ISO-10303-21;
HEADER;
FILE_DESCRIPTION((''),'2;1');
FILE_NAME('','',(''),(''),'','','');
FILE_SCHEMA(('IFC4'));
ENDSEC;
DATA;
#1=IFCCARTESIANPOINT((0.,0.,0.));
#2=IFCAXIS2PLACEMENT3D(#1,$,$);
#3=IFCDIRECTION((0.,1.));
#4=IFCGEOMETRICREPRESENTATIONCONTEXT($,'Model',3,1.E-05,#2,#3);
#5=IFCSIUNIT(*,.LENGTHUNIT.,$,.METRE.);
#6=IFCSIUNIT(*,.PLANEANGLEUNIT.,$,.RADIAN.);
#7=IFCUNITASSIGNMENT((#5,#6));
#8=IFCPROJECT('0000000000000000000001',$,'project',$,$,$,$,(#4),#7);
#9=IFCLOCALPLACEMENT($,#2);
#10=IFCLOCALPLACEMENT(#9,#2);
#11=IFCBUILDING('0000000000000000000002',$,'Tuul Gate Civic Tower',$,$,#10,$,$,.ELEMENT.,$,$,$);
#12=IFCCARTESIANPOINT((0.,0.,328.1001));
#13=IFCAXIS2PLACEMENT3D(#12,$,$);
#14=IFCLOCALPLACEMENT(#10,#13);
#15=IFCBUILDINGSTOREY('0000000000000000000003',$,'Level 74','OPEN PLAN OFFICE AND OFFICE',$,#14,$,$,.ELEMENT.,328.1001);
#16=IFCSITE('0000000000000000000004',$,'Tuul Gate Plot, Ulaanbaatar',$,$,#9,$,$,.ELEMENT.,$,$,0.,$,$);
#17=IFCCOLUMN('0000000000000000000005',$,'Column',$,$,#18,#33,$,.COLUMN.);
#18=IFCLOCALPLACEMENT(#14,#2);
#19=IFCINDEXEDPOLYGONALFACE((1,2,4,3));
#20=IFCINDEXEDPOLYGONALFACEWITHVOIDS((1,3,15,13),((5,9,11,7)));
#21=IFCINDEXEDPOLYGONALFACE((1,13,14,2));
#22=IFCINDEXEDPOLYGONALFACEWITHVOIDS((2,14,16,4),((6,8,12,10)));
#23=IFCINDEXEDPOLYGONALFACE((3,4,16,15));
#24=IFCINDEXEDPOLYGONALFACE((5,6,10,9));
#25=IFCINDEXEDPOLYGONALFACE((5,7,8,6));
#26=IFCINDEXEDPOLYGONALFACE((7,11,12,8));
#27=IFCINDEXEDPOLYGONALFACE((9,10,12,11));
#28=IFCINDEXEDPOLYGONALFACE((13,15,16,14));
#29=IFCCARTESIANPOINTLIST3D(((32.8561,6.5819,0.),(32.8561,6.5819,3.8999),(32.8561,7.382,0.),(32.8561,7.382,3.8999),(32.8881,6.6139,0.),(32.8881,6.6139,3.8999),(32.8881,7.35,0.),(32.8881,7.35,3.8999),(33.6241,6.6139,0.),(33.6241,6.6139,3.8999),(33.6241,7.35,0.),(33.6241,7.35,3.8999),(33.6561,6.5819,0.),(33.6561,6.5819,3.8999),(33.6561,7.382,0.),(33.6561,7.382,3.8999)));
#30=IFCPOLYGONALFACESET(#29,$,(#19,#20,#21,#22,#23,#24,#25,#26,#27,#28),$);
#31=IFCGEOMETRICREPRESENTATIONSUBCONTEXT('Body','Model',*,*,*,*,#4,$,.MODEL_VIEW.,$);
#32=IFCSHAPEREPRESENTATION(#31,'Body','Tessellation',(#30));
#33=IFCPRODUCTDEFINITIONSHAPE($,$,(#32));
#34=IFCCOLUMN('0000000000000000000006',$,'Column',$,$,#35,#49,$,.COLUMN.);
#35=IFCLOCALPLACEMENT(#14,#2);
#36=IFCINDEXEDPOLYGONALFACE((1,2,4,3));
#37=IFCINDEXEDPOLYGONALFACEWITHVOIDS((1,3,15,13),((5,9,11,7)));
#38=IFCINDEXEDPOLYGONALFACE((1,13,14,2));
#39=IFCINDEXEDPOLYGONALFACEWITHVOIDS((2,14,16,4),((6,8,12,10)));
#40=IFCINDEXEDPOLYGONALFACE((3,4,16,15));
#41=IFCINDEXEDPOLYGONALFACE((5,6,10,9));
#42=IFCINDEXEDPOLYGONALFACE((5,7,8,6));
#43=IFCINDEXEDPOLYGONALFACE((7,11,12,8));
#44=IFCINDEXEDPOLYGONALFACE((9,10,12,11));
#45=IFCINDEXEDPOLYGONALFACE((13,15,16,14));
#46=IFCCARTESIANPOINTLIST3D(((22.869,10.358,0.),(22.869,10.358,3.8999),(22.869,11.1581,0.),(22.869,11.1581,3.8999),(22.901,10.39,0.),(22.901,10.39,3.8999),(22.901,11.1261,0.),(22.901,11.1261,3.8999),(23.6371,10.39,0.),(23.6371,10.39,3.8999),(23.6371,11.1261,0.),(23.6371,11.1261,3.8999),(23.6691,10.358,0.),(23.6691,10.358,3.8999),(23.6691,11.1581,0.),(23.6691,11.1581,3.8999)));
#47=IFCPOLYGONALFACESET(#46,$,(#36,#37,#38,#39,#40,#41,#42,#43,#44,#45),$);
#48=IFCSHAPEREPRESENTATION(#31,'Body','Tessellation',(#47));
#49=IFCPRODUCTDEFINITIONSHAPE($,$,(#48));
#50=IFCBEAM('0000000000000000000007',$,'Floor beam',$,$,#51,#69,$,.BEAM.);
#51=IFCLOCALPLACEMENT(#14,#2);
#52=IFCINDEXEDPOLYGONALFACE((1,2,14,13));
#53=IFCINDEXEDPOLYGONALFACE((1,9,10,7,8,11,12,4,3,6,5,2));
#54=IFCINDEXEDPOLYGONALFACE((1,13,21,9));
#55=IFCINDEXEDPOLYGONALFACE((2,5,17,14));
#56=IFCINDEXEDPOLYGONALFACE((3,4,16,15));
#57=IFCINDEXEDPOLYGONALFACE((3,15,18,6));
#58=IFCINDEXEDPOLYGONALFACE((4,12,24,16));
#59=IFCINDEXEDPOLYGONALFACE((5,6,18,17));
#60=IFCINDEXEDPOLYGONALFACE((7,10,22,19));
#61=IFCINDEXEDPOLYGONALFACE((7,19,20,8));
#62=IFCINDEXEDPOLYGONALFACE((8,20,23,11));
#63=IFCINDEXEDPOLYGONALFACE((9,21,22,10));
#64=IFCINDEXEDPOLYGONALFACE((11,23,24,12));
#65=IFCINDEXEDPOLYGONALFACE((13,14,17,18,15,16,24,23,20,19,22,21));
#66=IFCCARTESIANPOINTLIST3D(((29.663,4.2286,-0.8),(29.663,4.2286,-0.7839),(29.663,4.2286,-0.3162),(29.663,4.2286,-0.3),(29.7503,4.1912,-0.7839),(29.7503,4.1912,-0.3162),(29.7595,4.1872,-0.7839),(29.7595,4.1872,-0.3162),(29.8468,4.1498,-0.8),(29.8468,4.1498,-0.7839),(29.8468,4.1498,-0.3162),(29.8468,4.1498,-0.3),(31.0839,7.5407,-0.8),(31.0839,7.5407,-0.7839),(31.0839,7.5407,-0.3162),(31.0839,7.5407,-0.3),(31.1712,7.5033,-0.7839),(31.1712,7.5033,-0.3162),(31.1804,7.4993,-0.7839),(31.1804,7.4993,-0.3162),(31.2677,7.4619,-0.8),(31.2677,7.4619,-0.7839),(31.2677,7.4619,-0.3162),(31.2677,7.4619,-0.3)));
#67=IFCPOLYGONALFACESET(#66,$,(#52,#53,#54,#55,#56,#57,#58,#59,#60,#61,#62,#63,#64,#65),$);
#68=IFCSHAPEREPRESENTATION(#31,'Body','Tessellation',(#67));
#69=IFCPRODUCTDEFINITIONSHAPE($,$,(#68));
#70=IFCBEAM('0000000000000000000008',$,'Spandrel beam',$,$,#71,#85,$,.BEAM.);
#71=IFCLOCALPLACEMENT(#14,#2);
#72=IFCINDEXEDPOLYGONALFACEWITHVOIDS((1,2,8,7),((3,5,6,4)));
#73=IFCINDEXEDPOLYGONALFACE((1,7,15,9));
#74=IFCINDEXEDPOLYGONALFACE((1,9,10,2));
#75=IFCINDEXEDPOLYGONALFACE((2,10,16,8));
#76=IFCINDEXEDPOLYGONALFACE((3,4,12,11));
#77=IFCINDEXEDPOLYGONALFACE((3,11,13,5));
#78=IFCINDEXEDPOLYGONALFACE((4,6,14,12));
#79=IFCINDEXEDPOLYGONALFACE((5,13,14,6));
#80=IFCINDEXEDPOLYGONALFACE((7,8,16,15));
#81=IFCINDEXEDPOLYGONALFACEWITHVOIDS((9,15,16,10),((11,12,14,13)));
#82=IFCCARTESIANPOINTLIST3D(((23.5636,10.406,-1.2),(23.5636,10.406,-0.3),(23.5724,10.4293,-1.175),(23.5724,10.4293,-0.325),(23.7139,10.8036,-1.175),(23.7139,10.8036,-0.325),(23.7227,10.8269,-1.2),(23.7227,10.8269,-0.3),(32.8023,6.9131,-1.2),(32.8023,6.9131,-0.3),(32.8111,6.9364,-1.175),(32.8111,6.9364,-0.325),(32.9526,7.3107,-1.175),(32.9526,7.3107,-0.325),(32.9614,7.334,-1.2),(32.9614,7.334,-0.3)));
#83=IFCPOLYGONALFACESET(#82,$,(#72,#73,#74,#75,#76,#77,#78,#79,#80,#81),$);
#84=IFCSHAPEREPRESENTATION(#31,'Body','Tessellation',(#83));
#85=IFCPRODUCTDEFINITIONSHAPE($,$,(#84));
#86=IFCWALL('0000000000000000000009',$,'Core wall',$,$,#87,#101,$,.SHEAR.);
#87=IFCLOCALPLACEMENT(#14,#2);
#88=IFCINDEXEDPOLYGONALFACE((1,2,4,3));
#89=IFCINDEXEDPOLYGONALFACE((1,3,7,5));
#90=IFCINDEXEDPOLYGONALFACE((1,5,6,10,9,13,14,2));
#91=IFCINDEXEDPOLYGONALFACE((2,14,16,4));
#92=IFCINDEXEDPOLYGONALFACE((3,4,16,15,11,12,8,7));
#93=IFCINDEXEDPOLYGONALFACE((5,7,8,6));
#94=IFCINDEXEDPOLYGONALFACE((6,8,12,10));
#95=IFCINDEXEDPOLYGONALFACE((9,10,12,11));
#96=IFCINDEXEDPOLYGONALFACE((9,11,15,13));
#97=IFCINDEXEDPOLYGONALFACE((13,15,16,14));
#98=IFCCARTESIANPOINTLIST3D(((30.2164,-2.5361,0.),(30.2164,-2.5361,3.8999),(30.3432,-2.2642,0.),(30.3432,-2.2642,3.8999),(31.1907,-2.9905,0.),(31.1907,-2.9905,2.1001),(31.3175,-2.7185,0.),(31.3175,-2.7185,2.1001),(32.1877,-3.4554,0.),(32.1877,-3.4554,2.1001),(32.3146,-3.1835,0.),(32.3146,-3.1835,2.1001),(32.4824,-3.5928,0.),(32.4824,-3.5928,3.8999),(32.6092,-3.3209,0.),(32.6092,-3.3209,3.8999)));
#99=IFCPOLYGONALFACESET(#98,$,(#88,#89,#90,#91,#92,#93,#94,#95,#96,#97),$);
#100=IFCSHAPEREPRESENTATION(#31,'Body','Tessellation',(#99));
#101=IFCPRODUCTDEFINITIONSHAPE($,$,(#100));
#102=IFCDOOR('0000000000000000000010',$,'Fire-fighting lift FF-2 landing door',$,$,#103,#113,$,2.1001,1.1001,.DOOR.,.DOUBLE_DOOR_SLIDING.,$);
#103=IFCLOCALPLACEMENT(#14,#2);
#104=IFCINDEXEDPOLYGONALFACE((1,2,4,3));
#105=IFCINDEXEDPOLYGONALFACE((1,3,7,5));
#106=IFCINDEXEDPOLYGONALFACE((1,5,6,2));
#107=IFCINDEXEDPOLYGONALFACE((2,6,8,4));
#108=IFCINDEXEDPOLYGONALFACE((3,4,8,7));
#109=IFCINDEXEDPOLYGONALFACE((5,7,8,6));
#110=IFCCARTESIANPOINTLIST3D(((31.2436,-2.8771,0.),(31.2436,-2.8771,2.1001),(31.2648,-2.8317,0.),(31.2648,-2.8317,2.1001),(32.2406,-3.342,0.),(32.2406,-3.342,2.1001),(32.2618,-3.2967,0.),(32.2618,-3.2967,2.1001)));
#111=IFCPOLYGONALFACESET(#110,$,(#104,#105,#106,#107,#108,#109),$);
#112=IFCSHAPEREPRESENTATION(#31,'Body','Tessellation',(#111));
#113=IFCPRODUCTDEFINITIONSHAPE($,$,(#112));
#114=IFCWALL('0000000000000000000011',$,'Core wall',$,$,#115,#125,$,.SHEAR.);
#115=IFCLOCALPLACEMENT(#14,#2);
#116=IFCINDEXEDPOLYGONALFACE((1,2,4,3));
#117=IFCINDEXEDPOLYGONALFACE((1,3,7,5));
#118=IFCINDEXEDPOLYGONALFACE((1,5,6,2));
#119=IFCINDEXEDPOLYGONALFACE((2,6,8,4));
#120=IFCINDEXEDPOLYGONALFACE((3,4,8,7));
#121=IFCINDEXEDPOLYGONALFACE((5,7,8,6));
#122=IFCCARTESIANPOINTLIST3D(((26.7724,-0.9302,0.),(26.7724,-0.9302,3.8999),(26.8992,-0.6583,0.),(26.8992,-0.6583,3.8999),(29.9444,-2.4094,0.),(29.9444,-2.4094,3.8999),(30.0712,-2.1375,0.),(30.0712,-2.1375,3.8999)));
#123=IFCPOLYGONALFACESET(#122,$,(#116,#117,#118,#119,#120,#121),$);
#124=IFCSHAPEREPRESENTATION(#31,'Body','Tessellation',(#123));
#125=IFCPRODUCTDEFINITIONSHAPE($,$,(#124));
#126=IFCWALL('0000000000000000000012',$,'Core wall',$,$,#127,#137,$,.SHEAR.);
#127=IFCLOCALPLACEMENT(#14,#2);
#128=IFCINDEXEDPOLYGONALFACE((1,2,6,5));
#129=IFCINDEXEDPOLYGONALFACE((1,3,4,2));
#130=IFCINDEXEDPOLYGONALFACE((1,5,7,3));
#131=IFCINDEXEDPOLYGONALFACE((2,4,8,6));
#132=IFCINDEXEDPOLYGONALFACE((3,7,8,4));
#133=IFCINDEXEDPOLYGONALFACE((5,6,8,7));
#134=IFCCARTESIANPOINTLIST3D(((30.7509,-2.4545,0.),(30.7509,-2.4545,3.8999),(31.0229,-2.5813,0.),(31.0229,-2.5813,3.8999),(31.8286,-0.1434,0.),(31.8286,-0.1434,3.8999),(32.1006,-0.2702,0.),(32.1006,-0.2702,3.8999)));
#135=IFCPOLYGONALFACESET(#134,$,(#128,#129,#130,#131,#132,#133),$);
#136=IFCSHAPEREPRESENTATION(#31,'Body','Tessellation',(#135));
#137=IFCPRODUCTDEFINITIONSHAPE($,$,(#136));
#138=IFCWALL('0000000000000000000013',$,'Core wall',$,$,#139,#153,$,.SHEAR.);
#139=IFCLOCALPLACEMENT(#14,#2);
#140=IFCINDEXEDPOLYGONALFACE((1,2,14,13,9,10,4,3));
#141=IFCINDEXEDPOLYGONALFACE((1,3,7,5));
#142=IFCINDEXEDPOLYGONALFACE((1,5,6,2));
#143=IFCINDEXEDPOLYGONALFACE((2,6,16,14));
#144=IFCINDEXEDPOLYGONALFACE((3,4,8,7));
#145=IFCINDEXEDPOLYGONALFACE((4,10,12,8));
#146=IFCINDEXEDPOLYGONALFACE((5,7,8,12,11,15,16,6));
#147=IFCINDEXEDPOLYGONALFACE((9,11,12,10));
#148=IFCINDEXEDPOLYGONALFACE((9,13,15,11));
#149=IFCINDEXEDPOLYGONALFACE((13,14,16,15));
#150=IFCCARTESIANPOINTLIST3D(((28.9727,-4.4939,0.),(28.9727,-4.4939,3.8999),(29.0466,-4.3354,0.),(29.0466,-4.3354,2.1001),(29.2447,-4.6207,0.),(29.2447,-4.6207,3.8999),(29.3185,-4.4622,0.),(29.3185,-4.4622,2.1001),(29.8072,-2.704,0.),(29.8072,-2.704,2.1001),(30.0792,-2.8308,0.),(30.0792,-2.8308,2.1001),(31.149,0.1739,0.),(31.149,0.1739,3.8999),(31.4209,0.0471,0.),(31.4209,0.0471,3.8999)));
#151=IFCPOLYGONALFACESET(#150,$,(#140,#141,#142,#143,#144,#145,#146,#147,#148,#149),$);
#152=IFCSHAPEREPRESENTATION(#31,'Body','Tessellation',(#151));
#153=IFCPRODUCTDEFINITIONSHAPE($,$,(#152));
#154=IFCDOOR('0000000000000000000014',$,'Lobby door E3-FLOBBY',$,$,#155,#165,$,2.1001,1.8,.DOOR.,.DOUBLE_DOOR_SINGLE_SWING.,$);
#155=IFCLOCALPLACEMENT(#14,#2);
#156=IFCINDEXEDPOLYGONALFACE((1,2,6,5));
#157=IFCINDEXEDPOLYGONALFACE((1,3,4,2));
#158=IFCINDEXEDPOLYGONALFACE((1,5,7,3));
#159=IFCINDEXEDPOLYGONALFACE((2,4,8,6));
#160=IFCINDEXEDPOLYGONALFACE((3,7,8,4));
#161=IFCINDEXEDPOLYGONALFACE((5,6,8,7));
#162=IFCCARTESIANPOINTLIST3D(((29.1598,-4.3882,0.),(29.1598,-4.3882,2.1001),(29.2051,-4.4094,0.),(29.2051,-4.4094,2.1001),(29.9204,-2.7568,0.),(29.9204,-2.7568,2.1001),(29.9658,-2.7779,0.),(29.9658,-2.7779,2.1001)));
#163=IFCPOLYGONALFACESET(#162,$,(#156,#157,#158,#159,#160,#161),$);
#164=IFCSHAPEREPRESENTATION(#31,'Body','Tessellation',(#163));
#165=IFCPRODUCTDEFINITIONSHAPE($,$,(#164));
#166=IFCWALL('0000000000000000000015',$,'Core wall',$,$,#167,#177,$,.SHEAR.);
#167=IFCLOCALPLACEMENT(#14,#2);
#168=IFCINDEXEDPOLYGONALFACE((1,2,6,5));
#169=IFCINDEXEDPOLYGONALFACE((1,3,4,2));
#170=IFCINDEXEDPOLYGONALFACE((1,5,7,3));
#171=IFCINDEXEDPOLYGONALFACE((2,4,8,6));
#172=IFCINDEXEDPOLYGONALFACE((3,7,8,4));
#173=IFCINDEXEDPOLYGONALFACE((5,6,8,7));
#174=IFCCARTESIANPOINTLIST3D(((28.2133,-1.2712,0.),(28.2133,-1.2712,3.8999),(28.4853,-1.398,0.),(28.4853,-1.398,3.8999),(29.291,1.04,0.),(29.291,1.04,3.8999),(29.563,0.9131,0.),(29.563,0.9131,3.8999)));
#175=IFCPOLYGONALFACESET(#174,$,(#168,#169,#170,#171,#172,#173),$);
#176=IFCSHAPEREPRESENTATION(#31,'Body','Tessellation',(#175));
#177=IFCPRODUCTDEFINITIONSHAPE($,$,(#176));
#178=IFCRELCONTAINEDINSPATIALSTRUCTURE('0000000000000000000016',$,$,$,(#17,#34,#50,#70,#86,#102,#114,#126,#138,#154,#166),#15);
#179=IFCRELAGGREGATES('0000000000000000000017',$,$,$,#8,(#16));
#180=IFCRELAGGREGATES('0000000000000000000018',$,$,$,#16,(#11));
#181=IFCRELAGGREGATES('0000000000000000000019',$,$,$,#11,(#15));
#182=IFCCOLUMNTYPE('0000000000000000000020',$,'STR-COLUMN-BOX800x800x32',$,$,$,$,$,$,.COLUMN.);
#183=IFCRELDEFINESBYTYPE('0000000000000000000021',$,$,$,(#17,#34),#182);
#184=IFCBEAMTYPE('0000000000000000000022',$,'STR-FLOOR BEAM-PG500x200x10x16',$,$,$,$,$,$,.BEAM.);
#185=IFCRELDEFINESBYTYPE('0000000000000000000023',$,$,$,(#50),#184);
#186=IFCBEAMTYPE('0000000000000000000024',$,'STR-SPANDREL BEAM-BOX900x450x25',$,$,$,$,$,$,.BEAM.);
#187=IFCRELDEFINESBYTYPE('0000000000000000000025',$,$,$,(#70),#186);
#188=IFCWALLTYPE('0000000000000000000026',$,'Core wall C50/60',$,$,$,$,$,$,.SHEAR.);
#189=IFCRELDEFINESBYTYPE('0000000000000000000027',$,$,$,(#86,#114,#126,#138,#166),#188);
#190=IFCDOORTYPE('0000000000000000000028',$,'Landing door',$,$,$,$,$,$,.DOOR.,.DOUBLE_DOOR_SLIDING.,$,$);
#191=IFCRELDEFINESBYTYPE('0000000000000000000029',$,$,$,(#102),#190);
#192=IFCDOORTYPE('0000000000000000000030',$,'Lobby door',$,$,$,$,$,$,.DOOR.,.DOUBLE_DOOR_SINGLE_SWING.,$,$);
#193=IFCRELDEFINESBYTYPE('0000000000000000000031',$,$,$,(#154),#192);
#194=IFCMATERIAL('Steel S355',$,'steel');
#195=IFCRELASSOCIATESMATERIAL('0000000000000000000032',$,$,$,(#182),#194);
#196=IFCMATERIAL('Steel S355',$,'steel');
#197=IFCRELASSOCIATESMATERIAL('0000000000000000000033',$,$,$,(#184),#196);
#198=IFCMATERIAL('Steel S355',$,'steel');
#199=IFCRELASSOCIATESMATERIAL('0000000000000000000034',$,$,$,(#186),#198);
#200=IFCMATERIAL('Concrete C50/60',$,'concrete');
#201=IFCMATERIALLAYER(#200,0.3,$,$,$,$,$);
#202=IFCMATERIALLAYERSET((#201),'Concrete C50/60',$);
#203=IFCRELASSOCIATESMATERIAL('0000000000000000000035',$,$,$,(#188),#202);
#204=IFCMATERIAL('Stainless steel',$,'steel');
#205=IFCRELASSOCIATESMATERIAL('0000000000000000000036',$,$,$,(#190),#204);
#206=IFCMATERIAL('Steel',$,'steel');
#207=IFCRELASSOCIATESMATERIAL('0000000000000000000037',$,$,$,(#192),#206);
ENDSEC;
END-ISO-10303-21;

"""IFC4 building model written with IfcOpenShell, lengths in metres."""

from ifc_helpers import new_model, si_unit, direction, frame, frame_2d, origin, origin_2d, place, context, subcontext, project, spatial, rectangle, hollow_rectangle, i_section, extrude, material, layer, layer_set, material_profile, profile_set, type_object, element, fill, save


model = new_model("IFC4")

# Units and contexts
model_context = context("Model", 3, precision=1e-05, world=origin(), true_north=direction((0.0, 1.0)))
body_context = subcontext(model_context, "Body", "Model", "MODEL_VIEW")
ifc_project = project(units=[si_unit("LENGTHUNIT", "METRE"), si_unit("PLANEANGLEUNIT", "RADIAN")], contexts=[model_context])

# Site, building, storey
site_placement = place(None, origin())
site = spatial("IfcSite", under=ifc_project, at=site_placement, Name="Tuul Gate Plot, Ulaanbaatar", CompositionType="ELEMENT", RefElevation=0.0)
building_placement = place(site_placement, origin())
building = spatial("IfcBuilding", under=site, at=building_placement, Name="Tuul Gate Civic Tower", CompositionType="ELEMENT")
storey_placement = place(building_placement, frame((0.0, 0.0, 328.1001)))
storey = spatial("IfcBuildingStorey", under=building, at=storey_placement, Name="Level 74", Description="OPEN PLAN OFFICE AND OFFICE", CompositionType="ELEMENT", Elevation=328.1001)

# Columns
ifc_material_1 = material(Name="Steel S355", Category="steel")
ifc_material_profile_1 = material_profile(ifc_material_1, hollow_rectangle(XDim=0.8, YDim=0.8, WallThickness=0.032, at=origin_2d()), Name="BOX800x800x32")
ifc_profile_set_1 = profile_set([ifc_material_profile_1], Name="Steel S355")
column_type = type_object("IfcColumnType", Name="STR-COLUMN-BOX800x800x32", PredefinedType="COLUMN", material=ifc_profile_set_1)
for number, where, z_axis, x_axis, name in (
    (1, (33.2561, 6.9819, 0.0), (0.0, 0.0, 1.0), (1.0, 0.0, 0.0), "Column"),
    (2, (23.269, 10.7581, 0.0), (0.0, 0.0, 1.0), (1.0, 0.0, 0.0), "Column"),
):
    element("IfcColumn", number, at=place(storey_placement, frame(where, z_axis=z_axis, x_axis=x_axis)), inside=storey, type_object=column_type, Name=name, PredefinedType="COLUMN", context=body_context, shape_type="SweptSolid", body=[
        extrude(hollow_rectangle(XDim=0.8, YDim=0.8, WallThickness=0.032, at=origin_2d()), origin(), (0.0, 0.0, 1.0), 3.8999),
    ])

# Beams
ifc_material_2 = material(Name="Steel S355", Category="steel")
ifc_material_profile_2 = material_profile(ifc_material_2, i_section(OverallWidth=0.2, OverallDepth=0.5, WebThickness=0.01, FlangeThickness=0.0161, at=origin_2d()), Name="PG500x200x10x16")
ifc_profile_set_2 = profile_set([ifc_material_profile_2], Name="Steel S355")
beam_type_1 = type_object("IfcBeamType", Name="STR-FLOOR BEAM-PG500x200x10x16", PredefinedType="BEAM", material=ifc_profile_set_2)
beam_1_placement = place(storey_placement, frame((29.7549, 4.1892, -0.55), z_axis=(0.394263, 0.918998, 0.0), x_axis=(-0.918998, 0.394263, 0.0)))
element("IfcBeam", 3, at=beam_1_placement, inside=storey, type_object=beam_type_1, Name="Floor beam", PredefinedType="BEAM", context=body_context, shape_type="SweptSolid", body=[
    extrude(i_section(OverallWidth=0.2, OverallDepth=0.5, WebThickness=0.01, FlangeThickness=0.0161, at=origin_2d()), origin(), (0.0, 0.0, 1.0), 3.604),
])
ifc_material_3 = material(Name="Steel S355", Category="steel")
ifc_material_profile_3 = material_profile(ifc_material_3, hollow_rectangle(XDim=0.45, YDim=0.8999, WallThickness=0.0249, at=origin_2d()), Name="BOX900x450x25")
ifc_profile_set_3 = profile_set([ifc_material_profile_3], Name="Steel S355")
beam_type_2 = type_object("IfcBeamType", Name="STR-SPANDREL BEAM-BOX900x450x25", PredefinedType="BEAM", material=ifc_profile_set_3)
beam_2_placement = place(storey_placement, frame((32.8818, 7.1235, -0.75), z_axis=(-0.935381, 0.353641, 0.0), x_axis=(-0.353641, -0.935381, 0.0)))
element("IfcBeam", 4, at=beam_2_placement, inside=storey, type_object=beam_type_2, Name="Spandrel beam", PredefinedType="BEAM", context=body_context, shape_type="SweptSolid", body=[
    extrude(hollow_rectangle(XDim=0.45, YDim=0.8999, WallThickness=0.0249, at=origin_2d()), origin(), (0.0, 0.0, 1.0), 9.877),
])

# Wall, opening, door
ifc_material_4 = material(Name="Concrete C50/60", Category="concrete")
ifc_layer_1 = layer(ifc_material_4, 0.3)
ifc_layer_set_1 = layer_set([ifc_layer_1], Name="Concrete C50/60")
wall_type_1 = type_object("IfcWallType", Name="Core wall C50/60", PredefinedType="SHEAR", material=ifc_layer_set_1)
wall_1_placement = place(storey_placement, frame((32.5457, -3.4568, 0.0), z_axis=(0.0, 0.0, 1.0), x_axis=(-0.9063, 0.422634, 0.0)))
wall_1 = element("IfcWall", 5, at=wall_1_placement, inside=storey, type_object=wall_type_1, Name="Core wall", PredefinedType="SHEAR", context=body_context, shape_type="SweptSolid", body=[
    extrude(rectangle(XDim=2.5002, YDim=0.3, at=frame_2d((1.25, 0.0))), origin(), (0.0, 0.0, 1.0), 3.8999),
])
opening_1_placement = place(wall_1_placement, frame((0.325, 0.0, 0.0)))
opening_1 = element("IfcOpeningElement", 6, at=opening_1_placement, cuts=wall_1, PredefinedType="OPENING", context=body_context, shape_type="SweptSolid", body=[
    extrude(rectangle(XDim=1.1001, YDim=2.1001, at=frame_2d((0.55, 1.05))), frame((0.0, 0.1602, 0.0), z_axis=(0.0, -1.0, 0.0), x_axis=(1.0, 0.0, 0.0)), (0.0, 0.0, 1.0), 0.3201),
])
ifc_material_5 = material(Name="Stainless steel", Category="steel")
door_type_1 = type_object("IfcDoorType", Name="Landing door", OperationType="DOUBLE_DOOR_SLIDING", PredefinedType="DOOR", material=ifc_material_5)
door_1_placement = place(opening_1_placement, origin())
door_1 = element("IfcDoor", 7, at=door_1_placement, inside=storey, type_object=door_type_1, Name="Fire-fighting lift FF-2 landing door", OperationType="DOUBLE_DOOR_SLIDING", OverallHeight=2.1001, OverallWidth=1.1001, PredefinedType="DOOR", context=body_context, shape_type="SweptSolid", body=[
    extrude(rectangle(XDim=1.1001, YDim=2.1001, at=frame_2d((0.55, 1.05))), frame((0.0, 0.0249, 0.0), z_axis=(0.0, -1.0, 0.0), x_axis=(1.0, 0.0, 0.0)), (0.0, 0.0, 1.0), 0.05),
])
fill(opening_1, door_1)

# Walls
wall_2_placement = place(storey_placement, frame((30.0078, -2.2734, 0.0), z_axis=(0.0, 0.0, 1.0), x_axis=(-0.906301, 0.422633, 0.0)))
element("IfcWall", 8, at=wall_2_placement, inside=storey, type_object=wall_type_1, Name="Core wall", PredefinedType="SHEAR", context=body_context, shape_type="SweptSolid", body=[
    extrude(rectangle(XDim=3.5, YDim=0.3, at=frame_2d((1.75, 0.0))), origin(), (0.0, 0.0, 1.0), 3.8999),
])
wall_3_placement = place(storey_placement, frame((30.887, -2.5178, 0.0), z_axis=(0.0, 0.0, 1.0), x_axis=(0.422613, 0.90631, 0.0)))
element("IfcWall", 9, at=wall_3_placement, inside=storey, type_object=wall_type_1, Name="Core wall", PredefinedType="SHEAR", context=body_context, shape_type="SweptSolid", body=[
    extrude(rectangle(XDim=2.55, YDim=0.3, at=frame_2d((1.2749, 0.0))), origin(), (0.0, 0.0, 1.0), 3.8999),
])

# Wall, opening, door
wall_4_placement = place(storey_placement, frame((29.1086, -4.5574, 0.0), z_axis=(0.0, 0.0, 1.0), x_axis=(0.422566, 0.906332, 0.0)))
wall_4 = element("IfcWall", 10, at=wall_4_placement, inside=storey, type_object=wall_type_1, Name="Core wall", PredefinedType="SHEAR", context=body_context, shape_type="SweptSolid", body=[
    extrude(rectangle(XDim=5.1501, YDim=0.3, at=frame_2d((2.5752, 0.0))), origin(), (0.0, 0.0, 1.0), 3.8999),
])
opening_2_placement = place(wall_4_placement, frame((0.175, 0.0, 0.0)))
opening_2 = element("IfcOpeningElement", 11, at=opening_2_placement, cuts=wall_4, PredefinedType="OPENING", context=body_context, shape_type="SweptSolid", body=[
    extrude(rectangle(XDim=1.8, YDim=2.1001, at=frame_2d((0.8999, 1.05))), frame((0.0, 0.1602, 0.0), z_axis=(0.0, -1.0, 0.0), x_axis=(1.0, 0.0, 0.0)), (0.0, 0.0, 1.0), 0.3201),
])
ifc_material_6 = material(Name="Steel", Category="steel")
door_type_2 = type_object("IfcDoorType", Name="Lobby door", OperationType="DOUBLE_DOOR_SINGLE_SWING", PredefinedType="DOOR", material=ifc_material_6)
door_2_placement = place(opening_2_placement, frame((1.8, 0.0, 0.0), z_axis=(0.0, 0.0, 1.0), x_axis=(-1.0, 0.0, 0.0)))
door_2 = element("IfcDoor", 12, at=door_2_placement, inside=storey, type_object=door_type_2, Name="Lobby door E3-FLOBBY", OperationType="DOUBLE_DOOR_SINGLE_SWING", OverallHeight=2.1001, OverallWidth=1.8, PredefinedType="DOOR", context=body_context, shape_type="SweptSolid", body=[
    extrude(rectangle(XDim=1.8, YDim=2.1001, at=frame_2d((0.9001, 1.05))), frame((0.0, 0.0249, 0.0), z_axis=(0.0, -1.0, 0.0), x_axis=(1.0, 0.0, 0.0)), (0.0, 0.0, 1.0), 0.05),
])
fill(opening_2, door_2)

# Wall
wall_5_placement = place(storey_placement, frame((28.3494, -1.3345, 0.0), z_axis=(0.0, 0.0, 1.0), x_axis=(0.422613, 0.90631, 0.0)))
element("IfcWall", 13, at=wall_5_placement, inside=storey, type_object=wall_type_1, Name="Core wall", PredefinedType="SHEAR", context=body_context, shape_type="SweptSolid", body=[
    extrude(rectangle(XDim=2.55, YDim=0.3, at=frame_2d((1.2749, 0.0))), origin(), (0.0, 0.0, 1.0), 3.8999),
])

save(model, "model.ifc")
